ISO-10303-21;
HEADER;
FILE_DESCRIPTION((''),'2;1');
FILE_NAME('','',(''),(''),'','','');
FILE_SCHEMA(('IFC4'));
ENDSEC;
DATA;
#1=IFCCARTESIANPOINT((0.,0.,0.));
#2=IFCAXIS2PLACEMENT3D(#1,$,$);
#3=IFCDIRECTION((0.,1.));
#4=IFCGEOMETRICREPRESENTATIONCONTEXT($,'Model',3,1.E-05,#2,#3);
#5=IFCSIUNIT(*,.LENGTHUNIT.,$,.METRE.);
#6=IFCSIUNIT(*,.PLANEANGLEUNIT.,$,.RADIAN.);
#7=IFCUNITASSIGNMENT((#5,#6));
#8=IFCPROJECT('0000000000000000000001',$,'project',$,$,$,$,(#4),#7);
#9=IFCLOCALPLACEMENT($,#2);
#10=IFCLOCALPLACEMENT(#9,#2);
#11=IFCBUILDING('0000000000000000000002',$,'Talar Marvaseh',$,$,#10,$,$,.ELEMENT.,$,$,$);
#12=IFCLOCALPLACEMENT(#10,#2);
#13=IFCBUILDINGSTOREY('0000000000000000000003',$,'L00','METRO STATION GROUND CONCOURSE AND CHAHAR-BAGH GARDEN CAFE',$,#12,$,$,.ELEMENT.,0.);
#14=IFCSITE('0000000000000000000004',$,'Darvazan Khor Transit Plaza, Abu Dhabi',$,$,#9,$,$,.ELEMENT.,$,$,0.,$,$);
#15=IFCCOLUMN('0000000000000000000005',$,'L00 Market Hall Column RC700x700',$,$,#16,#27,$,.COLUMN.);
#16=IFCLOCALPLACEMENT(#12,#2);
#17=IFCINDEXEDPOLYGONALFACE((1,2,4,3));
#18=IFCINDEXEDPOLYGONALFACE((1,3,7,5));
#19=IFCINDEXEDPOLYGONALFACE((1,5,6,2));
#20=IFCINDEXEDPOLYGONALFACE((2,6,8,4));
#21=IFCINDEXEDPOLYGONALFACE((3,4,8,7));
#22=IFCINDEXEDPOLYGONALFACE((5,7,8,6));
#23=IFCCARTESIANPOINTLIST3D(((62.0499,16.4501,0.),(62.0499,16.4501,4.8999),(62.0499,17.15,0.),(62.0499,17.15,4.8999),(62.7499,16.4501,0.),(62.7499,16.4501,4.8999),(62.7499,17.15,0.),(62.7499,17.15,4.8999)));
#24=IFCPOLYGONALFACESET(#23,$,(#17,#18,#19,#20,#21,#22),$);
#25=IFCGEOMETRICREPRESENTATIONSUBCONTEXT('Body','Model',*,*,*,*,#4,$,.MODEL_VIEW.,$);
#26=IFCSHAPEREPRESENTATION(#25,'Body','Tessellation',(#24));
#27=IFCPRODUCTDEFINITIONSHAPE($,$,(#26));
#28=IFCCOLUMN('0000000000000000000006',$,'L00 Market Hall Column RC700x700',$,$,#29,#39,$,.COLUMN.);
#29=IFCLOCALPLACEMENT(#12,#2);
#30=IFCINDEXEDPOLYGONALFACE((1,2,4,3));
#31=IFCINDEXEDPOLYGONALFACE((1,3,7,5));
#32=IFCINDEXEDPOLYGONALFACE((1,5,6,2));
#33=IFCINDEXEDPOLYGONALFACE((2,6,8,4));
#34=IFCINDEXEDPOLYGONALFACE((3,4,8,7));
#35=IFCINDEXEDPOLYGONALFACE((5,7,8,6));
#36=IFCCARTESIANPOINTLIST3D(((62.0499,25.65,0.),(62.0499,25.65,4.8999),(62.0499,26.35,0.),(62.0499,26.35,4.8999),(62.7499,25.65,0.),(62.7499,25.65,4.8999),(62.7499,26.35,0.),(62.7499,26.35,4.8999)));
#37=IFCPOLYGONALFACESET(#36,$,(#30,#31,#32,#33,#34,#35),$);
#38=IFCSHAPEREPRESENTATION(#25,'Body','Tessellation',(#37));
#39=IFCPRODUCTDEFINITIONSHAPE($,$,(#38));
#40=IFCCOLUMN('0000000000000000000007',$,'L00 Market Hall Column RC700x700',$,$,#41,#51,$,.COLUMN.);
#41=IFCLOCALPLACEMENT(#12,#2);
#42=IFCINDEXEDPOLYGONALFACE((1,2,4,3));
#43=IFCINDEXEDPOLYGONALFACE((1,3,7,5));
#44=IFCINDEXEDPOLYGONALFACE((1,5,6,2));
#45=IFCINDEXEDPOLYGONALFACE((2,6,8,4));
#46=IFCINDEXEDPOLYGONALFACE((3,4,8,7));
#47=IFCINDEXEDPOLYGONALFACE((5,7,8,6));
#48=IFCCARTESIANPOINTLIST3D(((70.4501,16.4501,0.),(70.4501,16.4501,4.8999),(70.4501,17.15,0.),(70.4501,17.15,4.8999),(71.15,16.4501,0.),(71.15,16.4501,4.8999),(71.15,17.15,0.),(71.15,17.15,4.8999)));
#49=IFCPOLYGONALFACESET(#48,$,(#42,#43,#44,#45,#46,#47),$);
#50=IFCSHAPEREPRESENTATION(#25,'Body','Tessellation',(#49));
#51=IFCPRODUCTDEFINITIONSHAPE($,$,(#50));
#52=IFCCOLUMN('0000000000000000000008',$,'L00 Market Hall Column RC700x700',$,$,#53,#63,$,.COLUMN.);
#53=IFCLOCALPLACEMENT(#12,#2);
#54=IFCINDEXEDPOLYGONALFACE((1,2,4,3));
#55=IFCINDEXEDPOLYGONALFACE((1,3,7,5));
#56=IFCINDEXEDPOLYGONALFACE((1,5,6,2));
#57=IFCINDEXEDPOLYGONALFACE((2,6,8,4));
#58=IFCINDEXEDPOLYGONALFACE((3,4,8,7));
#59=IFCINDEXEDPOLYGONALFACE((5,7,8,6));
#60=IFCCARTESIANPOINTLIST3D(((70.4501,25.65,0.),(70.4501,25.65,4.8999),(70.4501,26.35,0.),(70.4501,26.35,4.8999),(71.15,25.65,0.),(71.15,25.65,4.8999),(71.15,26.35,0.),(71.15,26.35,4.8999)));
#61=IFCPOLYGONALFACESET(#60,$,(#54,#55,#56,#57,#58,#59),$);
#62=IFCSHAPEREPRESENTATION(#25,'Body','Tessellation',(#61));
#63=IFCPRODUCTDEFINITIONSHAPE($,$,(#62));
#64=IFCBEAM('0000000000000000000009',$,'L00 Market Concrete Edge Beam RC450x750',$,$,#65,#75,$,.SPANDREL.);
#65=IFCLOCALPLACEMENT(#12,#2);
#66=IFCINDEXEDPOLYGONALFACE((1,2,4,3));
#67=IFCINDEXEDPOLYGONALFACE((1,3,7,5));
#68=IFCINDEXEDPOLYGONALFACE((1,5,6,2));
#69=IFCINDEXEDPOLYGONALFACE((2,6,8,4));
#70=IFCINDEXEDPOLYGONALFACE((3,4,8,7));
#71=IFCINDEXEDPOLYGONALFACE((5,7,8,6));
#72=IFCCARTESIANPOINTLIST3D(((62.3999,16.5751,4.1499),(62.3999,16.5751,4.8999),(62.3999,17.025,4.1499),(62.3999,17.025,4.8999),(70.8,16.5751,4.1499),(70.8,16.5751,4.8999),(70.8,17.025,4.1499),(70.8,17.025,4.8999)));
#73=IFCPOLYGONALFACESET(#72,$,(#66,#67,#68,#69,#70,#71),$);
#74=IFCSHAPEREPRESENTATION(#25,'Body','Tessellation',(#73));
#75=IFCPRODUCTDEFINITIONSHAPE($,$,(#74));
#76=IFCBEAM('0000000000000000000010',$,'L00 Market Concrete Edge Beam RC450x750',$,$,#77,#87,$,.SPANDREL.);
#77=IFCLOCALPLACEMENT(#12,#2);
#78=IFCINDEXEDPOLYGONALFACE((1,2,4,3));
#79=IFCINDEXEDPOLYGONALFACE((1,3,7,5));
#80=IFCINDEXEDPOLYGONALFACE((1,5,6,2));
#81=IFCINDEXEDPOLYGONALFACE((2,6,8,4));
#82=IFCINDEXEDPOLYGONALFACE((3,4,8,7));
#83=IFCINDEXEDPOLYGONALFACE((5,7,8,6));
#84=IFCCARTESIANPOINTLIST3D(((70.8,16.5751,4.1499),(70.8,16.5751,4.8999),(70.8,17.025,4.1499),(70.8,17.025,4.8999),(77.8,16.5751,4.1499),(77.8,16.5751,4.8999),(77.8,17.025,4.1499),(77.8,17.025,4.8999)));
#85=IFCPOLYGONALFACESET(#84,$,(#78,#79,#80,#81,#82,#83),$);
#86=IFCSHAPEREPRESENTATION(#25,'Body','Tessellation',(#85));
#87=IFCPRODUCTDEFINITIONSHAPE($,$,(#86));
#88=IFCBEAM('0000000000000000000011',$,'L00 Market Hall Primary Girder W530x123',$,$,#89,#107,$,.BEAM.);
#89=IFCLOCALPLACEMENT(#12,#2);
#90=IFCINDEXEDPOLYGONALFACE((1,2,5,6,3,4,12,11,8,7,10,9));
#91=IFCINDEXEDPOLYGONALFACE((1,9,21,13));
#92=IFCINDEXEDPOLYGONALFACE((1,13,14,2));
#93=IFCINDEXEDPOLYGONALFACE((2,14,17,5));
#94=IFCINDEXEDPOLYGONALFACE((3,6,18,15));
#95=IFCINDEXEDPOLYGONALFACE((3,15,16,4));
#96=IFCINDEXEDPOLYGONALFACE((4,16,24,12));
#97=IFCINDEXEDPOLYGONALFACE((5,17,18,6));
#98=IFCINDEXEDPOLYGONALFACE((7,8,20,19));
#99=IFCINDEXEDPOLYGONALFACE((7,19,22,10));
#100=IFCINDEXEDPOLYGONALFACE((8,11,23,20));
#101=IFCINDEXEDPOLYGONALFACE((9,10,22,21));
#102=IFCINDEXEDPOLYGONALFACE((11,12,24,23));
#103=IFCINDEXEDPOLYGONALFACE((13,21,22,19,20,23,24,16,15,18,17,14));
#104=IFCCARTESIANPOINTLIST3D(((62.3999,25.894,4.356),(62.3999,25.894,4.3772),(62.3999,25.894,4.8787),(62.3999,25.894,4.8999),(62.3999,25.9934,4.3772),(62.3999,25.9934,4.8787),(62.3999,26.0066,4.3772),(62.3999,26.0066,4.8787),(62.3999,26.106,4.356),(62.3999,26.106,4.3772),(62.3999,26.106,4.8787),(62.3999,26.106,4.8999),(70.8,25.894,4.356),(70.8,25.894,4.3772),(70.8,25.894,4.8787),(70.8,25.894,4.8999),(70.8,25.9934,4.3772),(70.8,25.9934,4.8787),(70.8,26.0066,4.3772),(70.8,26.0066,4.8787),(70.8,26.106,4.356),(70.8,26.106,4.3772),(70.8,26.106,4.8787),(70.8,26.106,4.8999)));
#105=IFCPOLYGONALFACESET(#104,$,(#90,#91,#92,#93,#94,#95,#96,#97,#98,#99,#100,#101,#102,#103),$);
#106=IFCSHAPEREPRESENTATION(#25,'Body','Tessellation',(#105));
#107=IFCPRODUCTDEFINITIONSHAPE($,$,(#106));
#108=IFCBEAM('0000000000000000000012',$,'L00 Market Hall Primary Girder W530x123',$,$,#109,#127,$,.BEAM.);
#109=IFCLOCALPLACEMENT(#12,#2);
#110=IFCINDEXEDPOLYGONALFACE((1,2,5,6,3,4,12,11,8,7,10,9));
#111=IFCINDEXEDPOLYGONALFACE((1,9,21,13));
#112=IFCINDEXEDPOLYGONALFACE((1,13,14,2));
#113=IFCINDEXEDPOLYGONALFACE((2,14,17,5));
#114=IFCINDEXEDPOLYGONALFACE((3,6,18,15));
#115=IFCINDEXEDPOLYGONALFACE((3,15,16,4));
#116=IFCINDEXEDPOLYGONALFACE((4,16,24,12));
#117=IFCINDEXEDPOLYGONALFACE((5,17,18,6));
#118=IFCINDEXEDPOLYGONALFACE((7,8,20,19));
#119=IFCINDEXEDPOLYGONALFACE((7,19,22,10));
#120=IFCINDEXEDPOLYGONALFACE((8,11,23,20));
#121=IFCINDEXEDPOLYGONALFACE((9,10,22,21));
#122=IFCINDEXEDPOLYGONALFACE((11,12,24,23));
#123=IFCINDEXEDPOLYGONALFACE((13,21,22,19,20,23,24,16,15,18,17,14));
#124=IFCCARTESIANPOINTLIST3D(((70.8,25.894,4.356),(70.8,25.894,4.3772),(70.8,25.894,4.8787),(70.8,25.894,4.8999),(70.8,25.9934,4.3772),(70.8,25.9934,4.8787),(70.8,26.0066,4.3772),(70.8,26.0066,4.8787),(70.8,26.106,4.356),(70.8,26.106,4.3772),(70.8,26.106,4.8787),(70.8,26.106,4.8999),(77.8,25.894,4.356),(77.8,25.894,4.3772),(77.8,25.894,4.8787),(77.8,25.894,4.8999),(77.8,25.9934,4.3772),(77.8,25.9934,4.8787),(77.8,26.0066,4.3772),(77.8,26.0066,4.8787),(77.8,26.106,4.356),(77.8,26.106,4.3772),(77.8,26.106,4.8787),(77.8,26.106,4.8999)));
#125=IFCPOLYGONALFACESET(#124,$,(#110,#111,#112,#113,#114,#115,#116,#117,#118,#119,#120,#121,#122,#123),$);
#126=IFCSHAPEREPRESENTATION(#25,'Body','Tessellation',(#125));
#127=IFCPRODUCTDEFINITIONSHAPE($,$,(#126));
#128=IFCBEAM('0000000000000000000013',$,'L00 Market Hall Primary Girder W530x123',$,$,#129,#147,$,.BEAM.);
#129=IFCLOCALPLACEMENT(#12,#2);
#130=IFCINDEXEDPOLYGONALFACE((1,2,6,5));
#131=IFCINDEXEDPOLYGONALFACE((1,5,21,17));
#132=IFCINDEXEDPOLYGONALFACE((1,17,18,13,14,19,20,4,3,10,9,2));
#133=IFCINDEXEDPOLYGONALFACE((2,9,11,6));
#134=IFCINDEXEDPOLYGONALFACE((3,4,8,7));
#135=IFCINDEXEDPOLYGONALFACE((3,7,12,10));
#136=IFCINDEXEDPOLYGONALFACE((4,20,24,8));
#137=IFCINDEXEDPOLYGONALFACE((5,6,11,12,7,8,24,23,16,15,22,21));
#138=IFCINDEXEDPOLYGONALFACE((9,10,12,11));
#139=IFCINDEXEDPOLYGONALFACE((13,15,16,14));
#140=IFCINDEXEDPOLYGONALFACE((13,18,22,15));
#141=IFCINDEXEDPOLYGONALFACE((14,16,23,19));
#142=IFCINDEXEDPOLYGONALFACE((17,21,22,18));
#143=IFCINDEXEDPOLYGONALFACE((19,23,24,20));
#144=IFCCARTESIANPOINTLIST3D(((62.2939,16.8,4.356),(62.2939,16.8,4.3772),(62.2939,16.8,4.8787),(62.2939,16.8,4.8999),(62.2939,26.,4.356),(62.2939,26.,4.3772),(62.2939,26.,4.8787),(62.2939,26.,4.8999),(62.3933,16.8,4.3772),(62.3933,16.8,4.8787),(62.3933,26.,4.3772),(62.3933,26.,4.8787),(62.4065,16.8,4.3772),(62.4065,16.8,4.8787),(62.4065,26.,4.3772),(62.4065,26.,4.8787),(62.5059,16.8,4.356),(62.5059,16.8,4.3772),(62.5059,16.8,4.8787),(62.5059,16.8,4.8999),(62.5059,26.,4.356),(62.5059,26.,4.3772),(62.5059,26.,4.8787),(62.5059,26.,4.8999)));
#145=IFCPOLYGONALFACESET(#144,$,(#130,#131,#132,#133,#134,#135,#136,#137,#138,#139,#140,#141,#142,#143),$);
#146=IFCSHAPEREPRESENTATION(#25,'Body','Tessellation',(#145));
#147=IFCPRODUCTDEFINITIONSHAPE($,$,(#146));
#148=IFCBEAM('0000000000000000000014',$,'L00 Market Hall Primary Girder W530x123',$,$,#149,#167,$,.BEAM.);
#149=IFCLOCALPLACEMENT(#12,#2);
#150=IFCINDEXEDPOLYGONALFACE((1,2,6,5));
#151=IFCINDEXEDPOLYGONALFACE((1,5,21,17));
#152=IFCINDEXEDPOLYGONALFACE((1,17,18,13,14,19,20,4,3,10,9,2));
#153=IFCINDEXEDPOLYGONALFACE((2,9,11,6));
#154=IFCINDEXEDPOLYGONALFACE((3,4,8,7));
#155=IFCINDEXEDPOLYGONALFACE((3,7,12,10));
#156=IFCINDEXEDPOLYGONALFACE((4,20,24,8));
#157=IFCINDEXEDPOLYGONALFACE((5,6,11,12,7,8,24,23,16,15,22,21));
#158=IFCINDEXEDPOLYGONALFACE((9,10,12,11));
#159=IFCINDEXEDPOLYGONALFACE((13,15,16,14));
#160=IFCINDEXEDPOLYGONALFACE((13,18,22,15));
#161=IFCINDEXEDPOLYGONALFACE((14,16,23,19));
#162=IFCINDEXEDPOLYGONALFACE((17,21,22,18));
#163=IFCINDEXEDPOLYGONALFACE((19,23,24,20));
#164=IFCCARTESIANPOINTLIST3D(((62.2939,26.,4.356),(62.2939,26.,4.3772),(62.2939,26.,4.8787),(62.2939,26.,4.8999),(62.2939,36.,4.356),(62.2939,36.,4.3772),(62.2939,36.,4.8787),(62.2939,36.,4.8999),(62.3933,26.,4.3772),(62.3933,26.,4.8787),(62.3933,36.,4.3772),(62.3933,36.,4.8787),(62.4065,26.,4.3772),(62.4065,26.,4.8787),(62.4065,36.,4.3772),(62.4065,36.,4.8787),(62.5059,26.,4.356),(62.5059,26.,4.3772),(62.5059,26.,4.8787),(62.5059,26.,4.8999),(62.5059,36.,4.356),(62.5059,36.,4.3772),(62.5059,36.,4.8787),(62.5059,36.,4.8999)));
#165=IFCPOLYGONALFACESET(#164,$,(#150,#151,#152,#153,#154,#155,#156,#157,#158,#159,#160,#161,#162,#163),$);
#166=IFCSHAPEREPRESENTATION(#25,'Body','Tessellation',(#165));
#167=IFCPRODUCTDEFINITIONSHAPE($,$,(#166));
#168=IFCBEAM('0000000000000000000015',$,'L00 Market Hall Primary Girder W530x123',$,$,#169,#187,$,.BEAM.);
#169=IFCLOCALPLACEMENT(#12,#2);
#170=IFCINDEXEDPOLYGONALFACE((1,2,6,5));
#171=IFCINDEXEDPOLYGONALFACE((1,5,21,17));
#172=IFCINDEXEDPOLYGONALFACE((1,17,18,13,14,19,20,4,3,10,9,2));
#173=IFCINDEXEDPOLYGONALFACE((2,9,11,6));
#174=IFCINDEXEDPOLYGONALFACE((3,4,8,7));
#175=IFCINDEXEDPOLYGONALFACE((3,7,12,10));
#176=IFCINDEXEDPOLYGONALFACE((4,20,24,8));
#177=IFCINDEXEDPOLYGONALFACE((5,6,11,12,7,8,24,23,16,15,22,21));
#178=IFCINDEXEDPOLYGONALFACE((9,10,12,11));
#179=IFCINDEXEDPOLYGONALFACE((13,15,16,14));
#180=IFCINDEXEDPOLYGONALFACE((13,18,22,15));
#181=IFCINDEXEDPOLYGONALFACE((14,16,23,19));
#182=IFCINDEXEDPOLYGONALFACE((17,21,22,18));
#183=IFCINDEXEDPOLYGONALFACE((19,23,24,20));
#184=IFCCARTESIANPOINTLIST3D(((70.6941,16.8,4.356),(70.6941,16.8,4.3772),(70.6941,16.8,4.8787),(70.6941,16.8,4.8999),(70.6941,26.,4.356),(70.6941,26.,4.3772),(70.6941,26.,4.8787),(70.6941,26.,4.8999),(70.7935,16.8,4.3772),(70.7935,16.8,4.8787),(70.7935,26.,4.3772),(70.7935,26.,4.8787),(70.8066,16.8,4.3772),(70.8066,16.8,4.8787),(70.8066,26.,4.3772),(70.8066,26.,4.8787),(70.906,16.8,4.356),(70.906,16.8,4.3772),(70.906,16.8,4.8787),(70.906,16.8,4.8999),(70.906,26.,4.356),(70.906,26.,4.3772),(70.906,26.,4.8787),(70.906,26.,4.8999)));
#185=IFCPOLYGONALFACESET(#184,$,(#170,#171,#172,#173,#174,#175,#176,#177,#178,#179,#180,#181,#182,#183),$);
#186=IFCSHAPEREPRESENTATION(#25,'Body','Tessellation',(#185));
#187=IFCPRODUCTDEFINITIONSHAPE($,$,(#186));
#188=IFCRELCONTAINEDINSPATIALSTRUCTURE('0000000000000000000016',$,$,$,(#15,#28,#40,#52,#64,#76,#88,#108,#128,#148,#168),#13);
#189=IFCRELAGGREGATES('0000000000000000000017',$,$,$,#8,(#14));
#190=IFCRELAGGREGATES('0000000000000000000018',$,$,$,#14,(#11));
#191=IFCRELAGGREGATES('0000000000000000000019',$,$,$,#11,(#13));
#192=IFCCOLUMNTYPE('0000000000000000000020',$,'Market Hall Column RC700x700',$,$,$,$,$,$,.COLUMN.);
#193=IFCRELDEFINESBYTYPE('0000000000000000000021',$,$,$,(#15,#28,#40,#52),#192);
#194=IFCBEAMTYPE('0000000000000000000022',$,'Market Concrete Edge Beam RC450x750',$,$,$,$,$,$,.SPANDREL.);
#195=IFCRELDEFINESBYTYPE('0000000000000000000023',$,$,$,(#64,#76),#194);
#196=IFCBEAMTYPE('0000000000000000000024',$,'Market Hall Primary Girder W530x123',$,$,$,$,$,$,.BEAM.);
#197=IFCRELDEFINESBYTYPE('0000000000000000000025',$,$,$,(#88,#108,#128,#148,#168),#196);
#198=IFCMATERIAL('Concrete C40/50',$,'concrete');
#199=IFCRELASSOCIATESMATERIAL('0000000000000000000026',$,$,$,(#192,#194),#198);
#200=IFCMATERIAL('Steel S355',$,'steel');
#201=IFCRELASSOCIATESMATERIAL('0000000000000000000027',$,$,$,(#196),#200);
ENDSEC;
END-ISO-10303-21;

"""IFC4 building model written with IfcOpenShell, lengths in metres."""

from ifc_helpers import new_model, si_unit, direction, frame, origin, origin_2d, place, context, subcontext, project, spatial, rectangle, i_section, extrude, material, material_profile, profile_set, type_object, element, save


model = new_model("IFC4")

# Units and contexts
model_context = context("Model", 3, precision=1e-05, world=origin(), true_north=direction((0.0, 1.0)))
body_context = subcontext(model_context, "Body", "Model", "MODEL_VIEW")
ifc_project = project(units=[si_unit("LENGTHUNIT", "METRE"), si_unit("PLANEANGLEUNIT", "RADIAN")], contexts=[model_context])

# Site, building, storey
site_placement = place(None, origin())
site = spatial("IfcSite", under=ifc_project, at=site_placement, Name="Darvazan Khor Transit Plaza, Abu Dhabi", CompositionType="ELEMENT", RefElevation=0.0)
building_placement = place(site_placement, origin())
building = spatial("IfcBuilding", under=site, at=building_placement, Name="Talar Marvaseh", CompositionType="ELEMENT")
storey_placement = place(building_placement, origin())
storey = spatial("IfcBuildingStorey", under=building, at=storey_placement, Name="L00", Description="METRO STATION GROUND CONCOURSE AND CHAHAR-BAGH GARDEN CAFE", CompositionType="ELEMENT", Elevation=0.0)

# Columns
ifc_material_1 = material(Name="Concrete C40/50", Category="concrete")
ifc_material_profile_1 = material_profile(ifc_material_1, rectangle(XDim=0.7, YDim=0.7, at=origin_2d()), Name="RC700x700")
ifc_profile_set_1 = profile_set([ifc_material_profile_1], Name="Concrete C40/50")
column_type = type_object("IfcColumnType", Name="Market Hall Column RC700x700", PredefinedType="COLUMN", material=ifc_profile_set_1)
for number, where, z_axis, x_axis, name in (
    (1, (62.3999, 16.8, 0.0), (0.0, 0.0, 1.0), (1.0, 0.0, 0.0), "L00 Market Hall Column RC700x700"),
    (2, (62.3999, 26.0, 0.0), (0.0, 0.0, 1.0), (1.0, 0.0, 0.0), "L00 Market Hall Column RC700x700"),
    (3, (70.8, 16.8, 0.0), (0.0, 0.0, 1.0), (1.0, 0.0, 0.0), "L00 Market Hall Column RC700x700"),
    (4, (70.8, 26.0, 0.0), (0.0, 0.0, 1.0), (1.0, 0.0, 0.0), "L00 Market Hall Column RC700x700"),
):
    element("IfcColumn", number, at=place(storey_placement, frame(where, z_axis=z_axis, x_axis=x_axis)), inside=storey, type_object=column_type, Name=name, PredefinedType="COLUMN", context=body_context, shape_type="SweptSolid", body=[
        extrude(rectangle(XDim=0.7, YDim=0.7, at=origin_2d()), origin(), (0.0, 0.0, 1.0), 4.8999),
    ])

# Beams
ifc_material_profile_2 = material_profile(ifc_material_1, rectangle(XDim=0.45, YDim=0.75, at=origin_2d()), Name="RC450x750")
ifc_profile_set_2 = profile_set([ifc_material_profile_2], Name="Concrete C40/50")
beam_type_1 = type_object("IfcBeamType", Name="Market Concrete Edge Beam RC450x750", PredefinedType="SPANDREL", material=ifc_profile_set_2)
beam_1_placement = place(storey_placement, frame((62.3999, 16.8, 4.5249), z_axis=(1.0, 0.0, 0.0), x_axis=(0.0, 1.0, 0.0)))
element("IfcBeam", 5, at=beam_1_placement, inside=storey, type_object=beam_type_1, Name="L00 Market Concrete Edge Beam RC450x750", PredefinedType="SPANDREL", context=body_context, shape_type="SweptSolid", body=[
    extrude(rectangle(XDim=0.45, YDim=0.75, at=origin_2d()), origin(), (0.0, 0.0, 1.0), 8.4001),
])
beam_2_placement = place(storey_placement, frame((70.8, 16.8, 4.5249), z_axis=(1.0, 0.0, 0.0), x_axis=(0.0, 1.0, 0.0)))
element("IfcBeam", 6, at=beam_2_placement, inside=storey, type_object=beam_type_1, Name="L00 Market Concrete Edge Beam RC450x750", PredefinedType="SPANDREL", context=body_context, shape_type="SweptSolid", body=[
    extrude(rectangle(XDim=0.45, YDim=0.75, at=origin_2d()), origin(), (0.0, 0.0, 1.0), 7.0),
])
ifc_material_2 = material(Name="Steel S355", Category="steel")
ifc_material_profile_3 = material_profile(ifc_material_2, i_section(OverallWidth=0.2119, OverallDepth=0.5439, WebThickness=0.0132, FlangeThickness=0.0212, at=origin_2d()), Name="W530x123")
ifc_profile_set_3 = profile_set([ifc_material_profile_3], Name="Steel S355")
beam_type_2 = type_object("IfcBeamType", Name="Market Hall Primary Girder W530x123", PredefinedType="BEAM", material=ifc_profile_set_3)
beam_3_placement = place(storey_placement, frame((62.3999, 26.0, 4.6279), z_axis=(1.0, 0.0, 0.0), x_axis=(0.0, 1.0, 0.0)))
element("IfcBeam", 7, at=beam_3_placement, inside=storey, type_object=beam_type_2, Name="L00 Market Hall Primary Girder W530x123", PredefinedType="BEAM", context=body_context, shape_type="SweptSolid", body=[
    extrude(i_section(OverallWidth=0.2119, OverallDepth=0.5439, WebThickness=0.0132, FlangeThickness=0.0212, at=origin_2d()), origin(), (0.0, 0.0, 1.0), 8.4001),
])
beam_4_placement = place(storey_placement, frame((70.8, 26.0, 4.6279), z_axis=(1.0, 0.0, 0.0), x_axis=(0.0, 1.0, 0.0)))
element("IfcBeam", 8, at=beam_4_placement, inside=storey, type_object=beam_type_2, Name="L00 Market Hall Primary Girder W530x123", PredefinedType="BEAM", context=body_context, shape_type="SweptSolid", body=[
    extrude(i_section(OverallWidth=0.2119, OverallDepth=0.5439, WebThickness=0.0132, FlangeThickness=0.0212, at=origin_2d()), origin(), (0.0, 0.0, 1.0), 7.0),
])
beam_5_placement = place(storey_placement, frame((62.3999, 16.8, 4.6279), z_axis=(0.0, 1.0, 0.0), x_axis=(-1.0, 0.0, 0.0)))
element("IfcBeam", 9, at=beam_5_placement, inside=storey, type_object=beam_type_2, Name="L00 Market Hall Primary Girder W530x123", PredefinedType="BEAM", context=body_context, shape_type="SweptSolid", body=[
    extrude(i_section(OverallWidth=0.2119, OverallDepth=0.5439, WebThickness=0.0132, FlangeThickness=0.0212, at=origin_2d()), origin(), (0.0, 0.0, 1.0), 9.2),
])
beam_6_placement = place(storey_placement, frame((62.3999, 26.0, 4.6279), z_axis=(0.0, 1.0, 0.0), x_axis=(-1.0, 0.0, 0.0)))
element("IfcBeam", 10, at=beam_6_placement, inside=storey, type_object=beam_type_2, Name="L00 Market Hall Primary Girder W530x123", PredefinedType="BEAM", context=body_context, shape_type="SweptSolid", body=[
    extrude(i_section(OverallWidth=0.2119, OverallDepth=0.5439, WebThickness=0.0132, FlangeThickness=0.0212, at=origin_2d()), origin(), (0.0, 0.0, 1.0), 10.0),
])
beam_7_placement = place(storey_placement, frame((70.8, 16.8, 4.6279), z_axis=(0.0, 1.0, 0.0), x_axis=(-1.0, 0.0, 0.0)))
element("IfcBeam", 11, at=beam_7_placement, inside=storey, type_object=beam_type_2, Name="L00 Market Hall Primary Girder W530x123", PredefinedType="BEAM", context=body_context, shape_type="SweptSolid", body=[
    extrude(i_section(OverallWidth=0.2119, OverallDepth=0.5439, WebThickness=0.0132, FlangeThickness=0.0212, at=origin_2d()), origin(), (0.0, 0.0, 1.0), 9.2),
])

save(model, "model.ifc")
